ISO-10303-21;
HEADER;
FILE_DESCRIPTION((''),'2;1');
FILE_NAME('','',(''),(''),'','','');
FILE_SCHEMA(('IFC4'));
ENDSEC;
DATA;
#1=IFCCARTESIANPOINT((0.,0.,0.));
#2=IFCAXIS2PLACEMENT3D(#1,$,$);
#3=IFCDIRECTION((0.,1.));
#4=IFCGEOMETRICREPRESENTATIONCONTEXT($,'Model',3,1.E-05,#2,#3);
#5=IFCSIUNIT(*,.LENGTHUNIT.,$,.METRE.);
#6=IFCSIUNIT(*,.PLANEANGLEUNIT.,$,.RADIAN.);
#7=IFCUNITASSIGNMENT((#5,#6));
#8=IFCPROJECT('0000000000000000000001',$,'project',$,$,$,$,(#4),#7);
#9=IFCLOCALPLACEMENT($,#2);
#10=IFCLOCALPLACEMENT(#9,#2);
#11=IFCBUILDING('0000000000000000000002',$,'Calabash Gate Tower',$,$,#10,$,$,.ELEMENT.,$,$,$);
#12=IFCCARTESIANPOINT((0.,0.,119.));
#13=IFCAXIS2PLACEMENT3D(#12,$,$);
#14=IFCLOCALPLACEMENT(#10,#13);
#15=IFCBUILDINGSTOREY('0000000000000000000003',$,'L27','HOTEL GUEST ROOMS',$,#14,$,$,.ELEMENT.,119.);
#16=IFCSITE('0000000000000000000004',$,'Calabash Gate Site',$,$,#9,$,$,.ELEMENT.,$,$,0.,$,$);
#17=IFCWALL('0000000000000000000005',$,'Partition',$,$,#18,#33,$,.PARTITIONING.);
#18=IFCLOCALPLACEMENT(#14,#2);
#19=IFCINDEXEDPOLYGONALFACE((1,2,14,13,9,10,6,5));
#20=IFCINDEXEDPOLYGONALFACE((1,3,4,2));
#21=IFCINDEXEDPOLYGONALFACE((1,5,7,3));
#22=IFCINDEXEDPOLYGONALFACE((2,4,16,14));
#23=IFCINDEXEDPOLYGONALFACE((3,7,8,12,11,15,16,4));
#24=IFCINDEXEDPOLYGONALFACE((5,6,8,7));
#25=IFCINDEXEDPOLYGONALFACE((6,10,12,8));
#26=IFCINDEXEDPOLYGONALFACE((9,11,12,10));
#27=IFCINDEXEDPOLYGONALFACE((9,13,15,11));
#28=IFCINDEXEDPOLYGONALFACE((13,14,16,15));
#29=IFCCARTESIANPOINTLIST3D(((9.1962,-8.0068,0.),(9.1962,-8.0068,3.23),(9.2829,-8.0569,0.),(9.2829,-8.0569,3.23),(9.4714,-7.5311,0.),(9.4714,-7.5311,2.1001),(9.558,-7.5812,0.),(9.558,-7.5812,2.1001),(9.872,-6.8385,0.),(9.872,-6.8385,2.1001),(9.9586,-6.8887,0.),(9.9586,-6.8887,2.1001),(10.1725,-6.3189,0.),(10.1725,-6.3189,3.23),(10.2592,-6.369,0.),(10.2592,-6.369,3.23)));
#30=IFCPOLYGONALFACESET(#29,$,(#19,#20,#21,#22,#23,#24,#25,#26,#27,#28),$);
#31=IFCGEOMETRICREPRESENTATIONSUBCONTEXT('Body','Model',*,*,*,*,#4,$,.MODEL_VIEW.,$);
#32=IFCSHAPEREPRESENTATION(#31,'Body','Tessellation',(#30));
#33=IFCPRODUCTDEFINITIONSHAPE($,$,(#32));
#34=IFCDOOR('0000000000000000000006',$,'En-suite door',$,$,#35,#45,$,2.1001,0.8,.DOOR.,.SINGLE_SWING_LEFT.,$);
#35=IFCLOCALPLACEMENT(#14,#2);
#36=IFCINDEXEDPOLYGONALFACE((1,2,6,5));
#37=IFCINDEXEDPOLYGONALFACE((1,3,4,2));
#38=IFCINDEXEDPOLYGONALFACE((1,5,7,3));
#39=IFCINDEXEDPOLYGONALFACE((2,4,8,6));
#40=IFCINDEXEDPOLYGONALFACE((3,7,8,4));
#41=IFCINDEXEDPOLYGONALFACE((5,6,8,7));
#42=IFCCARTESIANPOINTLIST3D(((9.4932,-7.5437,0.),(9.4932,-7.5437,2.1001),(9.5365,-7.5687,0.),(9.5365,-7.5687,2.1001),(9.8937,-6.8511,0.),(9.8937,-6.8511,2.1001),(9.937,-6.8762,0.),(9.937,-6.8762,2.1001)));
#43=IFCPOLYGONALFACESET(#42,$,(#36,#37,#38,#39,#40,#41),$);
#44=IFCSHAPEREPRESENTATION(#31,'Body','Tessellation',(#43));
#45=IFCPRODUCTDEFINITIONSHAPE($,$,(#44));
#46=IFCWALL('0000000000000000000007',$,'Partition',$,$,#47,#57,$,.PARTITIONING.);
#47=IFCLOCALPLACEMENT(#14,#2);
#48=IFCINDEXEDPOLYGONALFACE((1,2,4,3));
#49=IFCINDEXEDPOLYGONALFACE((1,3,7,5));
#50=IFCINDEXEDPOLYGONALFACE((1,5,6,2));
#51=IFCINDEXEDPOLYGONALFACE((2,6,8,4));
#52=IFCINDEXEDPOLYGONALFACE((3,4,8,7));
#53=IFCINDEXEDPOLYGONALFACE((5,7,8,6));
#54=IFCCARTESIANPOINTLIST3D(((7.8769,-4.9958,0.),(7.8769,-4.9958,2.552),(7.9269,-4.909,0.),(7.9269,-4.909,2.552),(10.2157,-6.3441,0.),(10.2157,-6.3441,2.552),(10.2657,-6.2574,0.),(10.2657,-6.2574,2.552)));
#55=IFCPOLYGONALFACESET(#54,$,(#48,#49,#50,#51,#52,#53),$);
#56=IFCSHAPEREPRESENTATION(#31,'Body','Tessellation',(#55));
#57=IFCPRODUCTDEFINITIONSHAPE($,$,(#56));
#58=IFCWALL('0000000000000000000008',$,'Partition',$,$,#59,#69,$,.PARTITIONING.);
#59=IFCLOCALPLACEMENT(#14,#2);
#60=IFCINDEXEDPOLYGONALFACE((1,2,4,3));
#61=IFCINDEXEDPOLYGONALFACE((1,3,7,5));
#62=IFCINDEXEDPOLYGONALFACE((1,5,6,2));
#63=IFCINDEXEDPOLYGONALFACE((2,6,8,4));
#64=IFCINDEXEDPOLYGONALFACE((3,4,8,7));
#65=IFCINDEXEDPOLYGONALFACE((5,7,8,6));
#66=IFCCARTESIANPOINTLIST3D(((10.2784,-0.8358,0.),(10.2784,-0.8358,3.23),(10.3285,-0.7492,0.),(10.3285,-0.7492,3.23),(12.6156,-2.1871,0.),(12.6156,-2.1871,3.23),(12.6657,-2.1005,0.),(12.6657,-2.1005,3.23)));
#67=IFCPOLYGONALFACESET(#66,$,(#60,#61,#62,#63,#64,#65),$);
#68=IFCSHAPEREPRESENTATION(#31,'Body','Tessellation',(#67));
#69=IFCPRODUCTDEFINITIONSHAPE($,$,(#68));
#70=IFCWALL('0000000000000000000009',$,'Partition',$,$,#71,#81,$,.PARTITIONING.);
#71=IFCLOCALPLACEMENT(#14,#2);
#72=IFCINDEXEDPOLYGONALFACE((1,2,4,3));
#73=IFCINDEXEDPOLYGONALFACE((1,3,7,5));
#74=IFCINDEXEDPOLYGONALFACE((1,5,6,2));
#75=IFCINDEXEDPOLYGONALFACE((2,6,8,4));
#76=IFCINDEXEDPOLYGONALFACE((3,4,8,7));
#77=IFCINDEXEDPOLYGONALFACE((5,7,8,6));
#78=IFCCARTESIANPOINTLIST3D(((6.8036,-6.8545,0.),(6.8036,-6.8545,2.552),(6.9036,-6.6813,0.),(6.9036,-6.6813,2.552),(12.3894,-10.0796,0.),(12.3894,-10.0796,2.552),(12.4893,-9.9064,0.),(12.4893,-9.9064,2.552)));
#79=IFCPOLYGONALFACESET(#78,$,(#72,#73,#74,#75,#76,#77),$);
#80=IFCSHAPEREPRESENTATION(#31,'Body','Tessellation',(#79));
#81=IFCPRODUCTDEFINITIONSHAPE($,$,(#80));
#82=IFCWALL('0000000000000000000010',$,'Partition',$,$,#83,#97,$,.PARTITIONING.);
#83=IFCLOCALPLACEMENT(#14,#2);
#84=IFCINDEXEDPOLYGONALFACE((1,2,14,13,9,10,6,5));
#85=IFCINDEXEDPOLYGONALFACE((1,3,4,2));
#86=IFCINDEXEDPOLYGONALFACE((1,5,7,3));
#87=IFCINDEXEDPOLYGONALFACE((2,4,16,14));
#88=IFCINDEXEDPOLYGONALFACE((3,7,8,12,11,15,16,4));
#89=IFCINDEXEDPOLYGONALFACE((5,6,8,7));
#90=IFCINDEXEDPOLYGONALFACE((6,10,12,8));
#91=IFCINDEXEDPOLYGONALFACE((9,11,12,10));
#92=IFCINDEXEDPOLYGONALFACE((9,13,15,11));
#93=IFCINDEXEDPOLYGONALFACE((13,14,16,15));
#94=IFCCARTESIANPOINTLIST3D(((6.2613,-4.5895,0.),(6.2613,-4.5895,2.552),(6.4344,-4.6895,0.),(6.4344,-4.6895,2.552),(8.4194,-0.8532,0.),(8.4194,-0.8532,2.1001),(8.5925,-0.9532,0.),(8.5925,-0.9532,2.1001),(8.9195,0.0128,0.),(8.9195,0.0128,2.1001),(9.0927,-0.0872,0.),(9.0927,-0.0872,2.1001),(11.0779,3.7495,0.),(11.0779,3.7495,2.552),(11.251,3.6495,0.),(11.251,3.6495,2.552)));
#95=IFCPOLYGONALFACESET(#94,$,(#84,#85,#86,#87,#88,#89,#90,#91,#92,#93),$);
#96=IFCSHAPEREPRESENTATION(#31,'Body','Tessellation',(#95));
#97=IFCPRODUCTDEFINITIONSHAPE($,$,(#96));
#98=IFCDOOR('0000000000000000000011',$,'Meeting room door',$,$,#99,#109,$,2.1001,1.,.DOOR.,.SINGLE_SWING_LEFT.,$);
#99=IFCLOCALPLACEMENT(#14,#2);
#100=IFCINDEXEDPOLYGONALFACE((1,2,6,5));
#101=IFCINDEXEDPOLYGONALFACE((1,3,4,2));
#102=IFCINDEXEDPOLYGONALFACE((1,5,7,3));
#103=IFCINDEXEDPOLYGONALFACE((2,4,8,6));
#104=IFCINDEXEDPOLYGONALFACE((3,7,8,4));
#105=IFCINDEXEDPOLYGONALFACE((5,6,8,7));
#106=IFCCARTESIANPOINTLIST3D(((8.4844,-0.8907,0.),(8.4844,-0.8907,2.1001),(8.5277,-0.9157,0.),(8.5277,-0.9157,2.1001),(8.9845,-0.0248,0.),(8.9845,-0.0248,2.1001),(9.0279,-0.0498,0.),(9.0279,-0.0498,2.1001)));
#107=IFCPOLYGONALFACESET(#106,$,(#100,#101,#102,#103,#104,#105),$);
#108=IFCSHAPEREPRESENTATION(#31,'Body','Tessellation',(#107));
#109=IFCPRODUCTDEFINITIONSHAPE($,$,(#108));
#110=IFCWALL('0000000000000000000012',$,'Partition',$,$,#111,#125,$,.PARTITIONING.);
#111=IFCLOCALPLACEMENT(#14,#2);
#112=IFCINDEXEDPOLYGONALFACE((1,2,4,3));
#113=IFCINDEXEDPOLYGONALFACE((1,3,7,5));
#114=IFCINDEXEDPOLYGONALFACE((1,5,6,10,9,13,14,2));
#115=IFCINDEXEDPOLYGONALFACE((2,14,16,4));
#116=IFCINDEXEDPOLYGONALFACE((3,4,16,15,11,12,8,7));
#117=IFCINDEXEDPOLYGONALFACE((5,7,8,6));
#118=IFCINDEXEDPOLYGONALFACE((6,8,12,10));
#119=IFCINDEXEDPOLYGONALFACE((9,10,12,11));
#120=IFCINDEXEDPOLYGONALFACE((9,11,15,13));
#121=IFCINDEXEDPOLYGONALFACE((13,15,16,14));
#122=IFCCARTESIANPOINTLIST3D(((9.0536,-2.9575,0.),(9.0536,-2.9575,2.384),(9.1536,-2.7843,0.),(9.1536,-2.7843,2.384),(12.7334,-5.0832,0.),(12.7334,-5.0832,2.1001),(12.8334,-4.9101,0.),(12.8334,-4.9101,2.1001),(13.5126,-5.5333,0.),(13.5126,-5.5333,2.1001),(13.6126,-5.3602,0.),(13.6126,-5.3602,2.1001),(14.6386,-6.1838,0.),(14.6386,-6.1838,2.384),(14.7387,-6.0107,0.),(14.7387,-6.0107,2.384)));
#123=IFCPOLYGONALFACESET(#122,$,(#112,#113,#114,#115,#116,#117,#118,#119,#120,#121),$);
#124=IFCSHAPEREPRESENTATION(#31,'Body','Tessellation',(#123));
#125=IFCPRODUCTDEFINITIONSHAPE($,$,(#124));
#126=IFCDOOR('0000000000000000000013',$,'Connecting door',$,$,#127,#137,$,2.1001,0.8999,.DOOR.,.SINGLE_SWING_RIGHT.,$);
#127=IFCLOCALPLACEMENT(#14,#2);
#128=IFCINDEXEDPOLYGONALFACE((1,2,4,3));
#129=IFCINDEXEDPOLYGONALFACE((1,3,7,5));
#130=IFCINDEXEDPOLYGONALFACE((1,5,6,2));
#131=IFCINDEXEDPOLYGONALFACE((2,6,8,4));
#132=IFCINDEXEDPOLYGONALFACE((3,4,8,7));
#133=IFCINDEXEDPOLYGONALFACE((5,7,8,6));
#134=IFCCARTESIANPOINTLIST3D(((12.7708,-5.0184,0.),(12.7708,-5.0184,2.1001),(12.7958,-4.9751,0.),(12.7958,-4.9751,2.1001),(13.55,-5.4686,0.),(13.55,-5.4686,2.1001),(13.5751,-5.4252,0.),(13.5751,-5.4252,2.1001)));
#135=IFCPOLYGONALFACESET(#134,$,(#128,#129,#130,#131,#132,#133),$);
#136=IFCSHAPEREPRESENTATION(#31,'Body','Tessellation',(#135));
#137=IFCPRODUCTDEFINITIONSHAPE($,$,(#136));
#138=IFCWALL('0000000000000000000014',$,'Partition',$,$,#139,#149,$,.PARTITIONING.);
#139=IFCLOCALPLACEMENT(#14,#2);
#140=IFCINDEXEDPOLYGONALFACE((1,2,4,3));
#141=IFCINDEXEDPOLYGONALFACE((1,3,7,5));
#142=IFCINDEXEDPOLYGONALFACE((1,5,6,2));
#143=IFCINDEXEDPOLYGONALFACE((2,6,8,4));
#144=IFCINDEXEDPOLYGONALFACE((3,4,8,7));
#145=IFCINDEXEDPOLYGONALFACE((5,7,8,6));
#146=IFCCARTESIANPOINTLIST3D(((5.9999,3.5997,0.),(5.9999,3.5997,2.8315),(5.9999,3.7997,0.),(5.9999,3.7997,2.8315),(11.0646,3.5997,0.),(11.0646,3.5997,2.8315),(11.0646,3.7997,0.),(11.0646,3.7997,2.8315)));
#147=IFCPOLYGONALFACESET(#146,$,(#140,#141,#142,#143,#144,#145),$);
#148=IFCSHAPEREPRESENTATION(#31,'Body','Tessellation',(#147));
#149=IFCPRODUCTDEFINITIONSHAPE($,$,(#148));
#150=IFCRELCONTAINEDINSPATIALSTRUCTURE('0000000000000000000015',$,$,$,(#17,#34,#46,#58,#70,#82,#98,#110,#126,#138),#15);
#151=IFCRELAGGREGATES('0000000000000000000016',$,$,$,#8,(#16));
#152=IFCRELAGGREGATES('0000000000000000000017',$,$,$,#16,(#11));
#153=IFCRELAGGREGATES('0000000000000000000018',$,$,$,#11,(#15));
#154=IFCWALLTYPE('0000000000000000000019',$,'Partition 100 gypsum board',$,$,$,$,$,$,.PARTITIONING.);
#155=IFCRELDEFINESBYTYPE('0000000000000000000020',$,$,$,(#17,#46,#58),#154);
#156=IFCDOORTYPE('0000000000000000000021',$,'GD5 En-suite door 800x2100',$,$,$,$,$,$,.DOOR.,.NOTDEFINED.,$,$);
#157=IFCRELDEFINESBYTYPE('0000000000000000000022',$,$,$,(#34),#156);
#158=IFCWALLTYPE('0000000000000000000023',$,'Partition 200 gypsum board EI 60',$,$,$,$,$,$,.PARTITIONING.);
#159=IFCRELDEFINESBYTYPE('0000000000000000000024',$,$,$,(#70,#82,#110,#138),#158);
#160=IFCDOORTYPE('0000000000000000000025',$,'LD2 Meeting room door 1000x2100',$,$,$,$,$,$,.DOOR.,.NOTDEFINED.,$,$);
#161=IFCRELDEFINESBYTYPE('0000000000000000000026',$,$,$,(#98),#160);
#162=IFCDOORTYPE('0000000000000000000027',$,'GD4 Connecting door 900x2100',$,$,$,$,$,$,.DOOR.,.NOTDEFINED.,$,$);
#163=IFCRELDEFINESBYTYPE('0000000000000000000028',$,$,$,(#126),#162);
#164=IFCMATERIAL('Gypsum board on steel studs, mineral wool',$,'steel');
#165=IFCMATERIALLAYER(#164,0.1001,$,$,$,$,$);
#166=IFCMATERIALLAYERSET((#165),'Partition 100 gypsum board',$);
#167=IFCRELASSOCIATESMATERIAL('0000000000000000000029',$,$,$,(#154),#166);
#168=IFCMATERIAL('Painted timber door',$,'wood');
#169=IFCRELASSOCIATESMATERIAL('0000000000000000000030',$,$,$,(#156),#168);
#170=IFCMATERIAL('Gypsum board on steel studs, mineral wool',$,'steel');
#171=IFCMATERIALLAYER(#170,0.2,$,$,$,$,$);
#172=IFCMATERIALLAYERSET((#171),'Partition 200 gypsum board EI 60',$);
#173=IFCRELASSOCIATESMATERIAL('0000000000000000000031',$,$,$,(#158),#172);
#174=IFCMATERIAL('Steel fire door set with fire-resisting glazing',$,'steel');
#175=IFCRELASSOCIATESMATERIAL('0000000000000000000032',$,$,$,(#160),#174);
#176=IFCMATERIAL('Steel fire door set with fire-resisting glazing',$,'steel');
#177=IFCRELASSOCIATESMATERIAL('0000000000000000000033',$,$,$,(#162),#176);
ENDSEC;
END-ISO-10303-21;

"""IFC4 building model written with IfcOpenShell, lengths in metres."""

from ifc_helpers import new_model, si_unit, direction, frame, frame_2d, origin, place, context, subcontext, project, spatial, rectangle, extrude, material, layer, layer_set, type_object, element, fill, save


model = new_model("IFC4")

# Units and contexts
model_context = context("Model", 3, precision=1e-05, world=origin(), true_north=direction((0.0, 1.0)))
body_context = subcontext(model_context, "Body", "Model", "MODEL_VIEW")
ifc_project = project(units=[si_unit("LENGTHUNIT", "METRE"), si_unit("PLANEANGLEUNIT", "RADIAN")], contexts=[model_context])

# Site, building, storey
site_placement = place(None, origin())
site = spatial("IfcSite", under=ifc_project, at=site_placement, Name="Calabash Gate Site", CompositionType="ELEMENT", RefElevation=0.0)
building_placement = place(site_placement, origin())
building = spatial("IfcBuilding", under=site, at=building_placement, Name="Calabash Gate Tower", CompositionType="ELEMENT")
storey_placement = place(building_placement, frame((0.0, 0.0, 119.0)))
storey = spatial("IfcBuildingStorey", under=building, at=storey_placement, Name="L27", Description="HOTEL GUEST ROOMS", CompositionType="ELEMENT", Elevation=119.0)

# Wall, opening, door
ifc_material_1 = material(Name="Gypsum board on steel studs, mineral wool", Category="steel")
ifc_layer_1 = layer(ifc_material_1, 0.1001)
ifc_layer_set_1 = layer_set([ifc_layer_1], Name="Partition 100 gypsum board")
wall_type_1 = type_object("IfcWallType", Name="Partition 100 gypsum board", PredefinedType="PARTITIONING", material=ifc_layer_set_1)
wall_1_placement = place(storey_placement, frame((9.2395, -8.032, 0.0), z_axis=(0.0, 0.0, 1.0), x_axis=(0.500676, 0.865635, 0.0)))
wall_1 = element("IfcWall", 1, at=wall_1_placement, inside=storey, type_object=wall_type_1, Name="Partition", PredefinedType="PARTITIONING", context=body_context, shape_type="SweptSolid", body=[
    extrude(rectangle(XDim=1.95, YDim=0.1001, at=frame_2d((0.9751, 0.0))), origin(), (0.0, 0.0, 1.0), 3.23),
])
opening_1_placement = place(wall_1_placement, frame((0.5498, 0.0, 0.0)))
opening_1 = element("IfcOpeningElement", 2, at=opening_1_placement, cuts=wall_1, PredefinedType="OPENING", context=body_context, shape_type="SweptSolid", body=[
    extrude(rectangle(XDim=0.8, YDim=2.1001, at=frame_2d((0.3999, 1.05))), frame((0.0, 0.0601, 0.0), z_axis=(0.0, -1.0, 0.0), x_axis=(1.0, 0.0, 0.0)), (0.0, 0.0, 1.0), 0.1201),
])
ifc_material_2 = material(Name="Painted timber door", Category="wood")
door_type_1 = type_object("IfcDoorType", Name="GD5 En-suite door 800x2100", OperationType="NOTDEFINED", PredefinedType="DOOR", material=ifc_material_2)
door_1_placement = place(opening_1_placement, origin())
door_1 = element("IfcDoor", 3, at=door_1_placement, inside=storey, type_object=door_type_1, Name="En-suite door", OperationType="SINGLE_SWING_LEFT", OverallHeight=2.1001, OverallWidth=0.8, PredefinedType="DOOR", context=body_context, shape_type="SweptSolid", body=[
    extrude(rectangle(XDim=0.8, YDim=2.1001, at=frame_2d((0.3999, 1.05))), frame((0.0, 0.0249, 0.0), z_axis=(0.0, -1.0, 0.0), x_axis=(1.0, 0.0, 0.0)), (0.0, 0.0, 1.0), 0.05),
])
fill(opening_1, door_1)

# Walls
wall_2_placement = place(storey_placement, frame((7.9019, -4.9524, 0.0), z_axis=(0.0, 0.0, 1.0), x_axis=(0.866339, -0.499456, 0.0)))
element("IfcWall", 4, at=wall_2_placement, inside=storey, type_object=wall_type_1, Name="Partition", PredefinedType="PARTITIONING", context=body_context, shape_type="SweptSolid", body=[
    extrude(rectangle(XDim=2.6997, YDim=0.1001, at=frame_2d((1.3499, 0.0))), origin(), (0.0, 0.0, 1.0), 2.552),
])
wall_3_placement = place(storey_placement, frame((10.3035, -0.7925, 0.0), z_axis=(0.0, 0.0, 1.0), x_axis=(0.865711, -0.500544, 0.0)))
element("IfcWall", 5, at=wall_3_placement, inside=storey, type_object=wall_type_1, Name="Partition", PredefinedType="PARTITIONING", context=body_context, shape_type="SweptSolid", body=[
    extrude(rectangle(XDim=2.6997, YDim=0.1001, at=frame_2d((1.3499, 0.0))), origin(), (0.0, 0.0, 1.0), 3.23),
])
ifc_material_3 = material(Name="Gypsum board on steel studs, mineral wool", Category="steel")
ifc_layer_2 = layer(ifc_material_3, 0.2)
ifc_layer_set_2 = layer_set([ifc_layer_2], Name="Partition 200 gypsum board EI 60")
wall_type_2 = type_object("IfcWallType", Name="Partition 200 gypsum board EI 60", PredefinedType="PARTITIONING", material=ifc_layer_set_2)
wall_4_placement = place(storey_placement, frame((6.8535, -6.7678, 0.0), z_axis=(0.0, 0.0, 1.0), x_axis=(0.866012, -0.500023, 0.0)))
element("IfcWall", 6, at=wall_4_placement, inside=storey, type_object=wall_type_2, Name="Partition", PredefinedType="PARTITIONING", context=body_context, shape_type="SweptSolid", body=[
    extrude(rectangle(XDim=6.45, YDim=0.2, at=frame_2d((3.2251, 0.0))), origin(), (0.0, 0.0, 1.0), 2.552),
])

# Walls, openings, doors
wall_5_placement = place(storey_placement, frame((6.3479, -4.6394, 0.0), z_axis=(0.0, 0.0, 1.0), x_axis=(0.500161, 0.865933, 0.0)))
wall_5 = element("IfcWall", 7, at=wall_5_placement, inside=storey, type_object=wall_type_2, Name="Partition", PredefinedType="PARTITIONING", context=body_context, shape_type="SweptSolid", body=[
    extrude(rectangle(XDim=9.6301, YDim=0.2, at=frame_2d((4.8149, 0.0))), origin(), (0.0, 0.0, 1.0), 2.552),
])
opening_2_placement = place(wall_5_placement, frame((4.3147, 0.0, 0.0)))
opening_2 = element("IfcOpeningElement", 8, at=opening_2_placement, cuts=wall_5, PredefinedType="OPENING", context=body_context, shape_type="SweptSolid", body=[
    extrude(rectangle(XDim=1.0, YDim=2.1001, at=frame_2d((0.5, 1.05))), frame((0.0, 0.1099, 0.0), z_axis=(0.0, -1.0, 0.0), x_axis=(1.0, 0.0, 0.0)), (0.0, 0.0, 1.0), 0.22),
])
ifc_material_4 = material(Name="Steel fire door set with fire-resisting glazing", Category="steel")
door_type_2 = type_object("IfcDoorType", Name="LD2 Meeting room door 1000x2100", OperationType="NOTDEFINED", PredefinedType="DOOR", material=ifc_material_4)
door_2_placement = place(opening_2_placement, origin())
door_2 = element("IfcDoor", 9, at=door_2_placement, inside=storey, type_object=door_type_2, Name="Meeting room door", OperationType="SINGLE_SWING_LEFT", OverallHeight=2.1001, OverallWidth=1.0, PredefinedType="DOOR", context=body_context, shape_type="SweptSolid", body=[
    extrude(rectangle(XDim=1.0, YDim=2.1001, at=frame_2d((0.5, 1.05))), frame((0.0, 0.0249, 0.0), z_axis=(0.0, -1.0, 0.0), x_axis=(1.0, 0.0, 0.0)), (0.0, 0.0, 1.0), 0.05),
])
fill(opening_2, door_2)
wall_6_placement = place(storey_placement, frame((9.1035, -2.8708, 0.0), z_axis=(0.0, 0.0, 1.0), x_axis=(0.865902, -0.500214, 0.0)))
wall_6 = element("IfcWall", 10, at=wall_6_placement, inside=storey, type_object=wall_type_2, Name="Partition", PredefinedType="PARTITIONING", context=body_context, shape_type="SweptSolid", body=[
    extrude(rectangle(XDim=6.45, YDim=0.2, at=frame_2d((3.2251, 0.0))), origin(), (0.0, 0.0, 1.0), 2.384),
])
opening_3_placement = place(wall_6_placement, frame((4.2498, 0.0, 0.0)))
opening_3 = element("IfcOpeningElement", 11, at=opening_3_placement, cuts=wall_6, PredefinedType="OPENING", context=body_context, shape_type="SweptSolid", body=[
    extrude(rectangle(XDim=0.8999, YDim=2.1001, at=frame_2d((0.45, 1.05))), frame((0.0, 0.1099, 0.0), z_axis=(0.0, -1.0, 0.0), x_axis=(1.0, 0.0, 0.0)), (0.0, 0.0, 1.0), 0.22),
])
ifc_material_5 = material(Name="Steel fire door set with fire-resisting glazing", Category="steel")
door_type_3 = type_object("IfcDoorType", Name="GD4 Connecting door 900x2100", OperationType="NOTDEFINED", PredefinedType="DOOR", material=ifc_material_5)
door_3_placement = place(opening_3_placement, origin())
door_3 = element("IfcDoor", 12, at=door_3_placement, inside=storey, type_object=door_type_3, Name="Connecting door", OperationType="SINGLE_SWING_RIGHT", OverallHeight=2.1001, OverallWidth=0.8999, PredefinedType="DOOR", context=body_context, shape_type="SweptSolid", body=[
    extrude(rectangle(XDim=0.8999, YDim=2.1001, at=frame_2d((0.45, 1.05))), frame((0.0, 0.0249, 0.0), z_axis=(0.0, -1.0, 0.0), x_axis=(1.0, 0.0, 0.0)), (0.0, 0.0, 1.0), 0.05),
])
fill(opening_3, door_3)

# Wall
wall_7_placement = place(storey_placement, frame((6.0, 3.6997, 0.0), z_axis=(0.0, 0.0, 1.0), x_axis=(1.0, 0.0, 0.0)))
element("IfcWall", 13, at=wall_7_placement, inside=storey, type_object=wall_type_2, Name="Partition", PredefinedType="PARTITIONING", context=body_context, shape_type="SweptSolid", body=[
    extrude(rectangle(XDim=5.0647, YDim=0.2, at=frame_2d((2.5322, 0.0))), origin(), (0.0, 0.0, 1.0), 2.8315),
])

save(model, "model.ifc")
